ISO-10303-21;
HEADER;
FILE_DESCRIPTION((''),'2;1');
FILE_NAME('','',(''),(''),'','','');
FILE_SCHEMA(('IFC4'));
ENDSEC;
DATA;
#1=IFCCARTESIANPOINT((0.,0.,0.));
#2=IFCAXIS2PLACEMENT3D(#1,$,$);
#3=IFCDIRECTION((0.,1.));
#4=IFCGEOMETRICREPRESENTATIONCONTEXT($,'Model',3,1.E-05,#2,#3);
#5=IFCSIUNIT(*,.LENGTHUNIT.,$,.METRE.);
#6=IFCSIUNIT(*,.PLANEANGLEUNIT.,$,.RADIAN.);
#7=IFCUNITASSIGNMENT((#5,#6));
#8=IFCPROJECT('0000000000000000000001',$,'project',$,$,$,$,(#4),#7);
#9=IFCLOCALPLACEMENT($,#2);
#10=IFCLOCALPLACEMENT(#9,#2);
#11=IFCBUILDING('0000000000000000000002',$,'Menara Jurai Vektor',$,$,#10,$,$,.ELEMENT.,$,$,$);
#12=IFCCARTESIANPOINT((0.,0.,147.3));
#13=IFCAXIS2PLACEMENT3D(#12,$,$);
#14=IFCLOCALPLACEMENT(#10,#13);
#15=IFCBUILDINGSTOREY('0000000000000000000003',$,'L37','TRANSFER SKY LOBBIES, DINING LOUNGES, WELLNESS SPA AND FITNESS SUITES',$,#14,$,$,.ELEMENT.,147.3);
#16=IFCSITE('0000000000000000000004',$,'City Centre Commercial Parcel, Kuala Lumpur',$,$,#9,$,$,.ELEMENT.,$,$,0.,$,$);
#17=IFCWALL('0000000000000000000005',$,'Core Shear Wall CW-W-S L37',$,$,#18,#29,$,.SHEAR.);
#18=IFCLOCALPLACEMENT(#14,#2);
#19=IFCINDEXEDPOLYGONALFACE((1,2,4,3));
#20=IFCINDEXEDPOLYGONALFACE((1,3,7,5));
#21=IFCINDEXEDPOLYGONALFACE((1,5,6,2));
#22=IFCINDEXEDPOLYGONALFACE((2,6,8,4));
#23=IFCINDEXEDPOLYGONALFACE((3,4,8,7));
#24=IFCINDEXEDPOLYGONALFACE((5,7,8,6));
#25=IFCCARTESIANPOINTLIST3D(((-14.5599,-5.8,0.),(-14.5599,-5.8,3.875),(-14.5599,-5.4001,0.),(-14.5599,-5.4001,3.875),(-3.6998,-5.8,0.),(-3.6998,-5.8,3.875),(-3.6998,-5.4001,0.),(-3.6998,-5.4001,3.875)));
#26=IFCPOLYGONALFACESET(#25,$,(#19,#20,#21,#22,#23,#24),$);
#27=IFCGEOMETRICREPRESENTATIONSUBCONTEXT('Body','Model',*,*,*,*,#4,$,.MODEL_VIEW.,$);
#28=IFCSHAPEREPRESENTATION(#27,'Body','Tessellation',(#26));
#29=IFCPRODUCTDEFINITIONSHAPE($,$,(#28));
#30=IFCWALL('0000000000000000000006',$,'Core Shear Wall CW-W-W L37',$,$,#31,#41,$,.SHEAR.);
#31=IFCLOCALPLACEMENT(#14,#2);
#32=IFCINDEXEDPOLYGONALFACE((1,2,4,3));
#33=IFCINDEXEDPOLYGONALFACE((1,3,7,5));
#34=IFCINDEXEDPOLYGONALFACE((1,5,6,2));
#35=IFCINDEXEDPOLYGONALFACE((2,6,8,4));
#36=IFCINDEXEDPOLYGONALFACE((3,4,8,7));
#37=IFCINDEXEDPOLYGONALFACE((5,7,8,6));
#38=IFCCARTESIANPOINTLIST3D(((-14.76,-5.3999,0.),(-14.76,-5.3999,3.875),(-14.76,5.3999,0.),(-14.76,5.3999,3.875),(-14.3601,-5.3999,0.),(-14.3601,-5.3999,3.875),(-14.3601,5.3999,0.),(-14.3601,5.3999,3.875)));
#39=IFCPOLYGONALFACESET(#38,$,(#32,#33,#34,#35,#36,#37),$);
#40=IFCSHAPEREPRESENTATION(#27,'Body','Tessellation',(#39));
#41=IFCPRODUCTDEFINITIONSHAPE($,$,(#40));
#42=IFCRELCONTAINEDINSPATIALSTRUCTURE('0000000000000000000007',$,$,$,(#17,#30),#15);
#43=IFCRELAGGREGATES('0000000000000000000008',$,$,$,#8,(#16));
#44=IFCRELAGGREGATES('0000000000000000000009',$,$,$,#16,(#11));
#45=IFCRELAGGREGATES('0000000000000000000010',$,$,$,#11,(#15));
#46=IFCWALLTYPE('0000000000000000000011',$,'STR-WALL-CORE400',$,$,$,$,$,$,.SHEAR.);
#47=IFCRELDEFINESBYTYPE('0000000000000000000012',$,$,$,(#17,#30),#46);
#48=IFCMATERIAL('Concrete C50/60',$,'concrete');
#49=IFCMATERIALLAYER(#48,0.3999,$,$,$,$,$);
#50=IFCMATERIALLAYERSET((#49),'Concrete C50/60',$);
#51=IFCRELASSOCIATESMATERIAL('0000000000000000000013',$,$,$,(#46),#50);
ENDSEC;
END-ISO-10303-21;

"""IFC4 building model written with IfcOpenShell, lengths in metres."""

from ifc_helpers import new_model, si_unit, direction, frame, frame_2d, origin, place, context, subcontext, project, spatial, rectangle, extrude, material, layer, layer_set, type_object, element, save


model = new_model("IFC4")

# Units and contexts
model_context = context("Model", 3, precision=1e-05, world=origin(), true_north=direction((0.0, 1.0)))
body_context = subcontext(model_context, "Body", "Model", "MODEL_VIEW")
ifc_project = project(units=[si_unit("LENGTHUNIT", "METRE"), si_unit("PLANEANGLEUNIT", "RADIAN")], contexts=[model_context])

# Site, building, storey
site_placement = place(None, origin())
site = spatial("IfcSite", under=ifc_project, at=site_placement, Name="City Centre Commercial Parcel, Kuala Lumpur", CompositionType="ELEMENT", RefElevation=0.0)
building_placement = place(site_placement, origin())
building = spatial("IfcBuilding", under=site, at=building_placement, Name="Menara Jurai Vektor", CompositionType="ELEMENT")
storey_placement = place(building_placement, frame((0.0, 0.0, 147.3)))
storey = spatial("IfcBuildingStorey", under=building, at=storey_placement, Name="L37", Description="TRANSFER SKY LOBBIES, DINING LOUNGES, WELLNESS SPA AND FITNESS SUITES", CompositionType="ELEMENT", Elevation=147.3)

# Shared definitions
ifc_material_1 = material(Name="Concrete C50/60", Category="concrete")

# Walls
ifc_layer_1 = layer(ifc_material_1, 0.3999)
ifc_layer_set_1 = layer_set([ifc_layer_1], Name="Concrete C50/60")
wall_type_1 = type_object("IfcWallType", Name="STR-WALL-CORE400", PredefinedType="SHEAR", material=ifc_layer_set_1)
wall_1_placement = place(storey_placement, frame((-14.5601, -5.6001, 0.0), z_axis=(0.0, 0.0, 1.0), x_axis=(1.0, 0.0, 0.0)))
element("IfcWall", 1, at=wall_1_placement, inside=storey, type_object=wall_type_1, Name="Core Shear Wall CW-W-S L37", PredefinedType="SHEAR", context=body_context, shape_type="SweptSolid", body=[
    extrude(rectangle(XDim=10.8601, YDim=0.3999, at=frame_2d((5.4302, 0.0))), origin(), (0.0, 0.0, 1.0), 3.875),
])
wall_2_placement = place(storey_placement, frame((-14.5601, -5.3999, 0.0), z_axis=(0.0, 0.0, 1.0), x_axis=(0.0, 1.0, 0.0)))
element("IfcWall", 2, at=wall_2_placement, inside=storey, type_object=wall_type_1, Name="Core Shear Wall CW-W-W L37", PredefinedType="SHEAR", context=body_context, shape_type="SweptSolid", body=[
    extrude(rectangle(XDim=10.7998, YDim=0.3999, at=frame_2d((5.3999, 0.0))), origin(), (0.0, 0.0, 1.0), 3.875),
])

save(model, "model.ifc")
